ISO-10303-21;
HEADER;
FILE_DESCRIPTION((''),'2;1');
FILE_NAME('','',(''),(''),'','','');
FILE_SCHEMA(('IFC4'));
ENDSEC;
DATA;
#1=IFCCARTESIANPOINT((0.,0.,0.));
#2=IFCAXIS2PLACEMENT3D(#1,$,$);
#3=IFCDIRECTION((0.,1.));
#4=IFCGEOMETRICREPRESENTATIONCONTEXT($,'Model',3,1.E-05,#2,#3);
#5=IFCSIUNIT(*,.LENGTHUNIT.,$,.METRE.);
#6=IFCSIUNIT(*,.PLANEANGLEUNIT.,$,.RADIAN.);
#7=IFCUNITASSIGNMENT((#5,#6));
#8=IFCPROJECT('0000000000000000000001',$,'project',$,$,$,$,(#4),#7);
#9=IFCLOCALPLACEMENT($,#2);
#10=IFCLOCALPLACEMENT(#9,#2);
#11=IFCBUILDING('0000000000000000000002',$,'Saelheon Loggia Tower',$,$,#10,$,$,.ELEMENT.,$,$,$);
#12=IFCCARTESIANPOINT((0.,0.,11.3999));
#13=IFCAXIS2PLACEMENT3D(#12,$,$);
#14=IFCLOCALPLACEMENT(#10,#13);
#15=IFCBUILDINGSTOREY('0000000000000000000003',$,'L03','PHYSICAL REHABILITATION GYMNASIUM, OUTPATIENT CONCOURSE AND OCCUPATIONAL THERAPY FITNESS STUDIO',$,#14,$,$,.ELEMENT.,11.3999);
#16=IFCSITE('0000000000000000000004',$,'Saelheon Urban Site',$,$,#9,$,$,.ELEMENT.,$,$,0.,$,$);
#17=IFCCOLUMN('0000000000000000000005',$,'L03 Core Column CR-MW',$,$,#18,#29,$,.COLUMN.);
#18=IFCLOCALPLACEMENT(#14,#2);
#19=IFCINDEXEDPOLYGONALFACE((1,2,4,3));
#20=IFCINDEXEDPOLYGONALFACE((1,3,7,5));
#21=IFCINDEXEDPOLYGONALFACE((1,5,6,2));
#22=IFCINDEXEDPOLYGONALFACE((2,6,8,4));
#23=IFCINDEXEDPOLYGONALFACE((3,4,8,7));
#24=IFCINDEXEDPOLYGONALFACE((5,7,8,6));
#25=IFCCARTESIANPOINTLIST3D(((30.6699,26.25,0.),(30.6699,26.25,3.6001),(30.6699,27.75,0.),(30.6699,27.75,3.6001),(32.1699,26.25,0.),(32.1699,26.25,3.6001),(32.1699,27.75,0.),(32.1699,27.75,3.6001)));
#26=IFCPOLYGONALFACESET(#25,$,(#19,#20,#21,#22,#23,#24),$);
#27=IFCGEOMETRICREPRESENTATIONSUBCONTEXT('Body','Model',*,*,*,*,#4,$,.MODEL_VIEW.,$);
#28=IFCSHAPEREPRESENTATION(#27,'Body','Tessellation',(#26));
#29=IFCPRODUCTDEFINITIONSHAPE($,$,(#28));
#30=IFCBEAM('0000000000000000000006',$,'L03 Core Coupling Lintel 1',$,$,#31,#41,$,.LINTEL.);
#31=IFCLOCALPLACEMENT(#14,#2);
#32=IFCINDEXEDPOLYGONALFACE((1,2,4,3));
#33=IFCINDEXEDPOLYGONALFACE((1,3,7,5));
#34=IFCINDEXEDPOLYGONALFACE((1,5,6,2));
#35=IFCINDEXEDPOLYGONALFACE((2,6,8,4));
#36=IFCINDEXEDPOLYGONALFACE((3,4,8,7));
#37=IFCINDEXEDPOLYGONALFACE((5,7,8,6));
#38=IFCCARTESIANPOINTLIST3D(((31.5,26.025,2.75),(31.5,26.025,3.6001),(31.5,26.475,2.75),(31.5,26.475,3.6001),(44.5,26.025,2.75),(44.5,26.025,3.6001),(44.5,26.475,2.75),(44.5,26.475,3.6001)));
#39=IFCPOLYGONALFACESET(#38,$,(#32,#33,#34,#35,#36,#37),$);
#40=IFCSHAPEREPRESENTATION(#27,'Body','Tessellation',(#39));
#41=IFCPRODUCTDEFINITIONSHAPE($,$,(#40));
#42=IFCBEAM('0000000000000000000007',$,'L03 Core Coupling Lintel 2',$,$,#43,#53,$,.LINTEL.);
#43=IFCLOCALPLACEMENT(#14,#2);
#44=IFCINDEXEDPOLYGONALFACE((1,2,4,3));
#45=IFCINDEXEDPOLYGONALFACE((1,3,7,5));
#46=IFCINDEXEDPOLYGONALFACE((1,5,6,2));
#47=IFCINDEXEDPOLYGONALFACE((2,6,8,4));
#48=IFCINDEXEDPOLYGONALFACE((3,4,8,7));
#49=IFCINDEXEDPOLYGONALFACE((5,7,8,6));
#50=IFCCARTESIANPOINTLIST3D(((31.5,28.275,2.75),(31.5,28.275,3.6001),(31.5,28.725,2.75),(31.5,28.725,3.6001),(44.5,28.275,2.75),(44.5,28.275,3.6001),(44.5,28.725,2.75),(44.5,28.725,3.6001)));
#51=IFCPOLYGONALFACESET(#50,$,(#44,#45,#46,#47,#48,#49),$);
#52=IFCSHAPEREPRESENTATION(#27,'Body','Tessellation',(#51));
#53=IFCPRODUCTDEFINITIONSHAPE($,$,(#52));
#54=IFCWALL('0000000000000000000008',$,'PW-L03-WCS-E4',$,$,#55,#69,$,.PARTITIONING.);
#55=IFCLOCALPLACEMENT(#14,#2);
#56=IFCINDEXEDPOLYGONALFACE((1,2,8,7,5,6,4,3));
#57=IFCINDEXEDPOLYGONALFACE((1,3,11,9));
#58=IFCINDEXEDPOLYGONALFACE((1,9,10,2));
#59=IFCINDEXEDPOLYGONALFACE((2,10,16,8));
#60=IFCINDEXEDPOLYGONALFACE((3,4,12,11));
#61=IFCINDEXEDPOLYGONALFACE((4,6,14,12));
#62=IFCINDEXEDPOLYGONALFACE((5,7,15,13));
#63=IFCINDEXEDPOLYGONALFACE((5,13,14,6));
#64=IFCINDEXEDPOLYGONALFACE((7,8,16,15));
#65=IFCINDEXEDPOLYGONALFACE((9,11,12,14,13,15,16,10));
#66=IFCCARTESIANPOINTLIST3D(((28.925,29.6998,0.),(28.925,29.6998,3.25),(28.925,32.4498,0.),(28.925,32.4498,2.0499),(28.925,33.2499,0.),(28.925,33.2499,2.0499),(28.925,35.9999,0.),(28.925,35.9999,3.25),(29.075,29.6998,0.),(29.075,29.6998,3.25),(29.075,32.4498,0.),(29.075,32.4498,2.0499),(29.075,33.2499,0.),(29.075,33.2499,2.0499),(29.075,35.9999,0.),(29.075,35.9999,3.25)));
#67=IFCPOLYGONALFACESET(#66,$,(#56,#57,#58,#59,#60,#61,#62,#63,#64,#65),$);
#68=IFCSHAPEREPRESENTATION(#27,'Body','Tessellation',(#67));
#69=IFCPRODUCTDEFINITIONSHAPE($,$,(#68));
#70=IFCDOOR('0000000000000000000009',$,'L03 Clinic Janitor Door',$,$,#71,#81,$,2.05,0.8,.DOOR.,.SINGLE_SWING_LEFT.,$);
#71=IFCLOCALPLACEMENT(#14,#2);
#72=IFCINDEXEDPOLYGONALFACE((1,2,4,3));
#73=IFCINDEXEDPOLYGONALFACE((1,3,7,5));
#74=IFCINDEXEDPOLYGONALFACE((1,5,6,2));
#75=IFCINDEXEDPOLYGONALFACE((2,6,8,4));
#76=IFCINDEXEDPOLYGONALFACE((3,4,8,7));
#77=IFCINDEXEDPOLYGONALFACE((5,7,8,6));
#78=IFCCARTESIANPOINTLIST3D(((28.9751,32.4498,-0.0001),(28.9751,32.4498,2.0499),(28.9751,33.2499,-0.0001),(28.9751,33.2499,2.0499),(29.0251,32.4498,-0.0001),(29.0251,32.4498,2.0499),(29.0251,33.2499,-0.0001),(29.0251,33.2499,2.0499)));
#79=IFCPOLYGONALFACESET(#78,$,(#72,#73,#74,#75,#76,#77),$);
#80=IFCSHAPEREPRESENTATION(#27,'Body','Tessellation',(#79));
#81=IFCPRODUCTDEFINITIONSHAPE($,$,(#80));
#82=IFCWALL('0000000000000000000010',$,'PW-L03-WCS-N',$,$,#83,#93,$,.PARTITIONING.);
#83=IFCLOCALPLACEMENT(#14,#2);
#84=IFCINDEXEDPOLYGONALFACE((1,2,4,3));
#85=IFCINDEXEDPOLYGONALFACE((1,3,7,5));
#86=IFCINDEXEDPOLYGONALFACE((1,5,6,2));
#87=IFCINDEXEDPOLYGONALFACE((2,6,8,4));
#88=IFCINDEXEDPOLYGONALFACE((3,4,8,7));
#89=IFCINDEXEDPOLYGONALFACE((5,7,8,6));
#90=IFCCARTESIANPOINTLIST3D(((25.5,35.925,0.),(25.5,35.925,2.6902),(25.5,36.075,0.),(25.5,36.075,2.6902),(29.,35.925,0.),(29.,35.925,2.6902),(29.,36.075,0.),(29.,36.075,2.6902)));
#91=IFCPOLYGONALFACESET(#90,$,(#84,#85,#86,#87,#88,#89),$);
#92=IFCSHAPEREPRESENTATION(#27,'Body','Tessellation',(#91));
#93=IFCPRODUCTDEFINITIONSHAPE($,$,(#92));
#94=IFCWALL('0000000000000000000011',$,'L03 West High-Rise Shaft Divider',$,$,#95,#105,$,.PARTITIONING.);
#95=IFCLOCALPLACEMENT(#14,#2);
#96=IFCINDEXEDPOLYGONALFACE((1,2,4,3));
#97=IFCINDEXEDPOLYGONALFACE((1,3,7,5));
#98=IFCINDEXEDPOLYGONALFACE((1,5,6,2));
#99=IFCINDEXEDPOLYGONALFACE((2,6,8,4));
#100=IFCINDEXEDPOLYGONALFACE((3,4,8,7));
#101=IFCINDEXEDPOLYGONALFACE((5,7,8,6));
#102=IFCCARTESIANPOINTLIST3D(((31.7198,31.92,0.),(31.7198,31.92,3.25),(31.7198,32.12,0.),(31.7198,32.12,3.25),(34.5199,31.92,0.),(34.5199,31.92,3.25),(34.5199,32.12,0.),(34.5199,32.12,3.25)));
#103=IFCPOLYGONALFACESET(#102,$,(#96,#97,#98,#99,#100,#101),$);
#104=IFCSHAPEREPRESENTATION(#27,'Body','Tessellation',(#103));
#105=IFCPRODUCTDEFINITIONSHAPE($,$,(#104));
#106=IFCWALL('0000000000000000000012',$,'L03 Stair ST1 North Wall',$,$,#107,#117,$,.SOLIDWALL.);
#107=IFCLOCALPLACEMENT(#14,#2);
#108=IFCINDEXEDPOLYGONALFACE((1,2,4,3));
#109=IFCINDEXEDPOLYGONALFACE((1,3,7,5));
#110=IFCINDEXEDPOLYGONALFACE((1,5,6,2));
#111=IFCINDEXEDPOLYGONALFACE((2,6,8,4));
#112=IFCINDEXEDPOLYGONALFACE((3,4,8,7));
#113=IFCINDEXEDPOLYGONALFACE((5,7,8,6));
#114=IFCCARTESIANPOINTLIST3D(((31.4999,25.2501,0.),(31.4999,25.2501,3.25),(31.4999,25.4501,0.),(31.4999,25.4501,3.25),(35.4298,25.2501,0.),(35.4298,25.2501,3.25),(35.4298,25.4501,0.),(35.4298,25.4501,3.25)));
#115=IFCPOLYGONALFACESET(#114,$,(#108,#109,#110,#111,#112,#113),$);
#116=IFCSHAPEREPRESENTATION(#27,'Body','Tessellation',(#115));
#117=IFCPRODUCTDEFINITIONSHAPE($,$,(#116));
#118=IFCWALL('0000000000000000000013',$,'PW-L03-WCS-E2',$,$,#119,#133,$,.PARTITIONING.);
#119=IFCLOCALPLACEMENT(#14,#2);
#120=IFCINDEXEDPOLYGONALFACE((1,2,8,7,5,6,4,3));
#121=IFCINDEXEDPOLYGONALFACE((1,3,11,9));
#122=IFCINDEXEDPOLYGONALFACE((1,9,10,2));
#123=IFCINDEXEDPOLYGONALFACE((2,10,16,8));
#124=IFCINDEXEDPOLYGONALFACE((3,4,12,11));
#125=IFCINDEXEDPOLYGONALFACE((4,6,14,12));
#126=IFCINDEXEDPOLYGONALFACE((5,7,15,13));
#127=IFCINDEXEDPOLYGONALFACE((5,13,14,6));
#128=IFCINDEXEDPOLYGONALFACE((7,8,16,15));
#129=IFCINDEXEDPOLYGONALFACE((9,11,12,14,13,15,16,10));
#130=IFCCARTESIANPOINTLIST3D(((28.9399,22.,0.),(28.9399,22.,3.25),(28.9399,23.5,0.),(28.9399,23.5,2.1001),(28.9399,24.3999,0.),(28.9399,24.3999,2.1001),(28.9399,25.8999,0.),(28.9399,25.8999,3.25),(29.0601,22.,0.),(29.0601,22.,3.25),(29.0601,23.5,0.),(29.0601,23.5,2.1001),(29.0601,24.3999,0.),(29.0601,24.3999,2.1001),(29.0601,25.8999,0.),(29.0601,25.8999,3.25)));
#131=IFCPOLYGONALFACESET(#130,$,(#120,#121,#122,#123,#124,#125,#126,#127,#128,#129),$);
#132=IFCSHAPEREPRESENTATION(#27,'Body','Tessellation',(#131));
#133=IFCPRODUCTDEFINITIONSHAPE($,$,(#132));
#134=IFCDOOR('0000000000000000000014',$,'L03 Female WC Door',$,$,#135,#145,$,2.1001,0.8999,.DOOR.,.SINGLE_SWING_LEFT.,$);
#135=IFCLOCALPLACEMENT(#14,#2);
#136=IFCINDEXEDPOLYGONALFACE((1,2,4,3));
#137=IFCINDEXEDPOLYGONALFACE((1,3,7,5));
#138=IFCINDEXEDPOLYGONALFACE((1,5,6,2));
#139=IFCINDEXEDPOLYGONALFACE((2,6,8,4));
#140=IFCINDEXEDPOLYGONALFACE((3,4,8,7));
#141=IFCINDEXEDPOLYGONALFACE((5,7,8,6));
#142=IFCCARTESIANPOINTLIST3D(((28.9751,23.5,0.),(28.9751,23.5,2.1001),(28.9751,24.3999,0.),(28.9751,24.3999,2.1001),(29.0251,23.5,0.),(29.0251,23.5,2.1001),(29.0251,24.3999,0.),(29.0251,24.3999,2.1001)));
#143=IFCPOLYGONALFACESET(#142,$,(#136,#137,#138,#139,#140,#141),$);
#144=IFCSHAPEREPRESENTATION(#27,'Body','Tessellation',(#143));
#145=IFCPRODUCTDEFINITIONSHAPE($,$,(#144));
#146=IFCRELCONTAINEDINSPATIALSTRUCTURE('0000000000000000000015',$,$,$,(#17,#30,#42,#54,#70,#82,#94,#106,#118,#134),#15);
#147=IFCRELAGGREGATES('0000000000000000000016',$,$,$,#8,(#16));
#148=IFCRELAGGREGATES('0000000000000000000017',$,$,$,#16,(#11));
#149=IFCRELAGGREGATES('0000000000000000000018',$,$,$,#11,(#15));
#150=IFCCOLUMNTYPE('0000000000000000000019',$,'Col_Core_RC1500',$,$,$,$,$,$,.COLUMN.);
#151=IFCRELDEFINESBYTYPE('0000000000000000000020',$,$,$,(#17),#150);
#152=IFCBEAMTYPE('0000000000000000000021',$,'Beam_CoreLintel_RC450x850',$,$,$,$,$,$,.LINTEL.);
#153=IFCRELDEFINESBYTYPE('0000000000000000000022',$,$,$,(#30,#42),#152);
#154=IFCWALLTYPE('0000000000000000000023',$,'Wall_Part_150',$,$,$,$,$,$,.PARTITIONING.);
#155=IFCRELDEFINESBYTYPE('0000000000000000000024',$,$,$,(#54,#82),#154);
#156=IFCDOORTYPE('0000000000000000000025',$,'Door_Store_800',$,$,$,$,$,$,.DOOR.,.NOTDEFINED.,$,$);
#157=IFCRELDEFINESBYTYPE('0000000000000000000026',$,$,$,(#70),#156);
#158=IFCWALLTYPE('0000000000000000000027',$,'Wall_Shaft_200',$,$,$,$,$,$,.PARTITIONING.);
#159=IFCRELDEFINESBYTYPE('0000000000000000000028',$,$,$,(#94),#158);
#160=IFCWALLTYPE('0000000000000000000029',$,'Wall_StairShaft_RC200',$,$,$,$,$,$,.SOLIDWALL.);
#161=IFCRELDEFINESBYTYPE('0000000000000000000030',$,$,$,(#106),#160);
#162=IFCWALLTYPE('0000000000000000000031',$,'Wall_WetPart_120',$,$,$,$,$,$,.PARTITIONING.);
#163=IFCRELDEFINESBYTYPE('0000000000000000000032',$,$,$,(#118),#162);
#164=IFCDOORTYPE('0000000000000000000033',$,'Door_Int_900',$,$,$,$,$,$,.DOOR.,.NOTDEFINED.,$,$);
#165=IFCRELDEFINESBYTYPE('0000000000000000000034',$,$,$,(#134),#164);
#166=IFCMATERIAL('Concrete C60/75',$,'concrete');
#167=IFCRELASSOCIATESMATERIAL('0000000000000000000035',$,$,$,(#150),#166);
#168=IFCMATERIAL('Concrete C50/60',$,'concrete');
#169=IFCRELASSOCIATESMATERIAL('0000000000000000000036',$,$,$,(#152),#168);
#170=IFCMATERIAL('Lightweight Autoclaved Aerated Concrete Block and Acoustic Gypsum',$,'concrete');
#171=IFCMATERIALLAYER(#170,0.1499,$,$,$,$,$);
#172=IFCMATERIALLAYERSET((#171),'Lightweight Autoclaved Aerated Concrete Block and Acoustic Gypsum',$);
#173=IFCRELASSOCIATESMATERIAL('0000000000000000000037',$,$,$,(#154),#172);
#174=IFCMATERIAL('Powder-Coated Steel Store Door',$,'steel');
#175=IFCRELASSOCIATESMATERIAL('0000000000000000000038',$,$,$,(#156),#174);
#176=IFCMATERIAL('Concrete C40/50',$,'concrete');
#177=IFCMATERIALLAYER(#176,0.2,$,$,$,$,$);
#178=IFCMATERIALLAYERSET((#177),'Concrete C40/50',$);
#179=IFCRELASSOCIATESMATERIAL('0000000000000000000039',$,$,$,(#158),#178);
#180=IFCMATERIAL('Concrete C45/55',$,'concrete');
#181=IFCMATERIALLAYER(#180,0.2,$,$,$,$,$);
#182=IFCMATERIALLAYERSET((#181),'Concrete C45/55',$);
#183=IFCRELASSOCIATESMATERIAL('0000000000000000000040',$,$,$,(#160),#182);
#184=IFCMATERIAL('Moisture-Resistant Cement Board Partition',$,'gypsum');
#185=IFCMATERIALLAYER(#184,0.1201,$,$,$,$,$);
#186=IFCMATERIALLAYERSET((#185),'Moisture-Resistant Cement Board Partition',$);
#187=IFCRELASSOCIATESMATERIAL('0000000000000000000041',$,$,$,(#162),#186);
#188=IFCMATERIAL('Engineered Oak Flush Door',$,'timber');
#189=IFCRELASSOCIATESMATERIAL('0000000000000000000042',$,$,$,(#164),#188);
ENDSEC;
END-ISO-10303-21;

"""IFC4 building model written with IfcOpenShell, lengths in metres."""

from ifc_helpers import new_model, si_unit, direction, frame, frame_2d, origin, origin_2d, place, context, subcontext, project, spatial, rectangle, extrude, source, transform, mapped, material, layer, layer_set, material_profile, profile_set, type_object, element, fill, save


model = new_model("IFC4")

# Units and contexts
model_context = context("Model", 3, precision=1e-05, world=origin(), true_north=direction((0.0, 1.0)))
body_context = subcontext(model_context, "Body", "Model", "MODEL_VIEW")
ifc_project = project(units=[si_unit("LENGTHUNIT", "METRE"), si_unit("PLANEANGLEUNIT", "RADIAN")], contexts=[model_context])

# Site, building, storey
site_placement = place(None, origin())
site = spatial("IfcSite", under=ifc_project, at=site_placement, Name="Saelheon Urban Site", CompositionType="ELEMENT", RefElevation=0.0)
building_placement = place(site_placement, origin())
building = spatial("IfcBuilding", under=site, at=building_placement, Name="Saelheon Loggia Tower", CompositionType="ELEMENT")
storey_placement = place(building_placement, frame((0.0, 0.0, 11.3999)))
storey = spatial("IfcBuildingStorey", under=building, at=storey_placement, Name="L03", Description="PHYSICAL REHABILITATION GYMNASIUM, OUTPATIENT CONCOURSE AND OCCUPATIONAL THERAPY FITNESS STUDIO", CompositionType="ELEMENT", Elevation=11.3999)

# Column
ifc_material_1 = material(Name="Concrete C60/75", Category="concrete")
ifc_material_profile_1 = material_profile(ifc_material_1, rectangle(XDim=1.5, YDim=1.5, at=origin_2d()), Name="RC-1500x1500")
ifc_profile_set_1 = profile_set([ifc_material_profile_1], Name="Concrete C60/75")
column_type = type_object("IfcColumnType", Name="Col_Core_RC1500", PredefinedType="COLUMN", material=ifc_profile_set_1)
shared_shape_1 = source(origin(), body_context, "Body", "SweptSolid", [
    extrude(rectangle(XDim=1.5, YDim=1.5, at=origin_2d()), origin(), (0.0, 0.0, 1.0), 3.6001),
])
column_placement = place(storey_placement, frame((31.4199, 27.0, 0.0), z_axis=(0.0, 0.0, 1.0), x_axis=(1.0, 0.0, 0.0)))
element("IfcColumn", 1, at=column_placement, inside=storey, type_object=column_type, Name="L03 Core Column CR-MW", PredefinedType="COLUMN", context=body_context, shape_type="MappedRepresentation", body=[
    mapped(shared_shape_1, transform((0.0, 0.0, 0.0), scale=1.0)),
])

# Beams
ifc_material_2 = material(Name="Concrete C50/60", Category="concrete")
ifc_material_profile_2 = material_profile(ifc_material_2, rectangle(XDim=0.45, YDim=0.8501, at=origin_2d()), Name="RC-450x850")
ifc_profile_set_2 = profile_set([ifc_material_profile_2], Name="Concrete C50/60")
beam_type = type_object("IfcBeamType", Name="Beam_CoreLintel_RC450x850", PredefinedType="LINTEL", material=ifc_profile_set_2)
shared_shape_2 = source(origin(), body_context, "Body", "SweptSolid", [
    extrude(rectangle(XDim=0.45, YDim=0.8501, at=origin_2d()), origin(), (0.0, 0.0, 1.0), 13.0),
])
for number, where, z_axis, x_axis, name in (
    (2, (31.5, 26.25, 3.175), (1.0, 0.0, 0.0), (0.0, 1.0, 0.0), "L03 Core Coupling Lintel 1"),
    (3, (31.5, 28.5, 3.175), (1.0, 0.0, 0.0), (0.0, 1.0, 0.0), "L03 Core Coupling Lintel 2"),
):
    element("IfcBeam", number, at=place(storey_placement, frame(where, z_axis=z_axis, x_axis=x_axis)), inside=storey, type_object=beam_type, Name=name, PredefinedType="LINTEL", context=body_context, shape_type="MappedRepresentation", body=[
        mapped(shared_shape_2, transform((0.0, 0.0, 0.0), scale=1.0)),
    ])

# Wall, opening, door
ifc_material_3 = material(Name="Lightweight Autoclaved Aerated Concrete Block and Acoustic Gypsum", Category="concrete")
ifc_layer_1 = layer(ifc_material_3, 0.1499)
ifc_layer_set_1 = layer_set([ifc_layer_1], Name="Lightweight Autoclaved Aerated Concrete Block and Acoustic Gypsum")
wall_type_1 = type_object("IfcWallType", Name="Wall_Part_150", PredefinedType="PARTITIONING", material=ifc_layer_set_1)
wall_1_placement = place(storey_placement, frame((29.0, 29.7, 0.0), z_axis=(0.0, 0.0, 1.0), x_axis=(0.0, 1.0, 0.0)))
wall_1 = element("IfcWall", 4, at=wall_1_placement, inside=storey, type_object=wall_type_1, Name="PW-L03-WCS-E4", PredefinedType="PARTITIONING", context=body_context, shape_type="SweptSolid", body=[
    extrude(rectangle(XDim=6.3, YDim=0.1499, at=frame_2d((3.1499, 0.0))), origin(), (0.0, 0.0, 1.0), 3.25),
])
opening_1_placement = place(wall_1_placement, frame((2.75, 0.0, 0.0)))
opening_1 = element("IfcOpeningElement", 5, at=opening_1_placement, cuts=wall_1, PredefinedType="OPENING", context=body_context, shape_type="SweptSolid", body=[
    extrude(rectangle(XDim=0.8, YDim=2.05, at=frame_2d((0.3999, 1.0249))), frame((0.0, 0.0869, 0.0), z_axis=(0.0, -1.0, 0.0), x_axis=(1.0, 0.0, 0.0)), (0.0, 0.0, 1.0), 0.1738),
])
ifc_material_4 = material(Name="Powder-Coated Steel Store Door", Category="steel")
door_type_1 = type_object("IfcDoorType", Name="Door_Store_800", OperationType="NOTDEFINED", PredefinedType="DOOR", material=ifc_material_4)
shared_shape_3 = source(origin(), body_context, "Body", "SweptSolid", [
    extrude(rectangle(XDim=0.8, YDim=2.05, at=frame_2d((0.3999, 1.0249))), frame((0.0, 0.0249, 0.0), z_axis=(0.0, -1.0, 0.0), x_axis=(1.0, 0.0, 0.0)), (0.0, 0.0, 1.0), 0.05),
])
door_1_placement = place(opening_1_placement, origin())
door_1 = element("IfcDoor", 6, at=door_1_placement, inside=storey, type_object=door_type_1, Name="L03 Clinic Janitor Door", OperationType="SINGLE_SWING_LEFT", OverallHeight=2.05, OverallWidth=0.8, PredefinedType="DOOR", context=body_context, shape_type="MappedRepresentation", body=[
    mapped(shared_shape_3, transform((0.0, 0.0, 0.0), scale=1.0)),
])
fill(opening_1, door_1)

# Wall
wall_2_placement = place(storey_placement, frame((25.5, 36.0, 0.0), z_axis=(0.0, 0.0, 1.0), x_axis=(1.0, 0.0, 0.0)))
element("IfcWall", 7, at=wall_2_placement, inside=storey, type_object=wall_type_1, Name="PW-L03-WCS-N", PredefinedType="PARTITIONING", context=body_context, shape_type="SweptSolid", body=[
    extrude(rectangle(XDim=3.5, YDim=0.1499, at=frame_2d((1.75, 0.0))), origin(), (0.0, 0.0, 1.0), 2.6902),
])

# Shared definitions
ifc_material_5 = material(Name="Concrete C40/50", Category="concrete")
ifc_layer_2 = layer(ifc_material_5, 0.2)
ifc_layer_set_2 = layer_set([ifc_layer_2], Name="Concrete C40/50")
wall_type_2 = type_object("IfcWallType", Name="Wall_Shaft_200", PredefinedType="PARTITIONING", material=ifc_layer_set_2)

# Walls
wall_3_placement = place(storey_placement, frame((31.72, 32.02, 0.0), z_axis=(0.0, 0.0, 1.0), x_axis=(1.0, 0.0, 0.0)))
element("IfcWall", 8, at=wall_3_placement, inside=storey, type_object=wall_type_2, Name="L03 West High-Rise Shaft Divider", PredefinedType="PARTITIONING", context=body_context, shape_type="SweptSolid", body=[
    extrude(rectangle(XDim=2.8, YDim=0.2, at=frame_2d((1.3999, 0.0))), origin(), (0.0, 0.0, 1.0), 3.25),
])
ifc_material_6 = material(Name="Concrete C45/55", Category="concrete")
ifc_layer_3 = layer(ifc_material_6, 0.2)
ifc_layer_set_3 = layer_set([ifc_layer_3], Name="Concrete C45/55")
wall_type_3 = type_object("IfcWallType", Name="Wall_StairShaft_RC200", PredefinedType="SOLIDWALL", material=ifc_layer_set_3)
wall_4_placement = place(storey_placement, frame((31.5, 25.3501, 0.0), z_axis=(0.0, 0.0, 1.0), x_axis=(1.0, 0.0, 0.0)))
element("IfcWall", 9, at=wall_4_placement, inside=storey, type_object=wall_type_3, Name="L03 Stair ST1 North Wall", PredefinedType="SOLIDWALL", context=body_context, shape_type="SweptSolid", body=[
    extrude(rectangle(XDim=3.9299, YDim=0.2, at=frame_2d((1.9648, 0.0))), origin(), (0.0, 0.0, 1.0), 3.25),
])

# Wall, opening, door
ifc_material_7 = material(Name="Moisture-Resistant Cement Board Partition", Category="gypsum")
ifc_layer_4 = layer(ifc_material_7, 0.1201)
ifc_layer_set_4 = layer_set([ifc_layer_4], Name="Moisture-Resistant Cement Board Partition")
wall_type_4 = type_object("IfcWallType", Name="Wall_WetPart_120", PredefinedType="PARTITIONING", material=ifc_layer_set_4)
wall_5_placement = place(storey_placement, frame((29.0, 22.0, 0.0), z_axis=(0.0, 0.0, 1.0), x_axis=(0.0, 1.0, 0.0)))
wall_5 = element("IfcWall", 10, at=wall_5_placement, inside=storey, type_object=wall_type_4, Name="PW-L03-WCS-E2", PredefinedType="PARTITIONING", context=body_context, shape_type="SweptSolid", body=[
    extrude(rectangle(XDim=3.8999, YDim=0.1201, at=frame_2d((1.95, 0.0))), origin(), (0.0, 0.0, 1.0), 3.25),
])
opening_2_placement = place(wall_5_placement, frame((1.5, 0.0, 0.0)))
opening_2 = element("IfcOpeningElement", 11, at=opening_2_placement, cuts=wall_5, PredefinedType="OPENING", context=body_context, shape_type="SweptSolid", body=[
    extrude(rectangle(XDim=0.8999, YDim=2.1001, at=frame_2d((0.45, 1.05))), frame((0.0, 0.072, 0.0), z_axis=(0.0, -1.0, 0.0), x_axis=(1.0, 0.0, 0.0)), (0.0, 0.0, 1.0), 0.144),
])
ifc_material_8 = material(Name="Engineered Oak Flush Door", Category="timber")
door_type_2 = type_object("IfcDoorType", Name="Door_Int_900", OperationType="NOTDEFINED", PredefinedType="DOOR", material=ifc_material_8)
shared_shape_4 = source(origin(), body_context, "Body", "SweptSolid", [
    extrude(rectangle(XDim=0.8999, YDim=2.1001, at=frame_2d((0.45, 1.05))), frame((0.0, 0.0249, 0.0), z_axis=(0.0, -1.0, 0.0), x_axis=(1.0, 0.0, 0.0)), (0.0, 0.0, 1.0), 0.05),
])
door_2_placement = place(opening_2_placement, origin())
door_2 = element("IfcDoor", 12, at=door_2_placement, inside=storey, type_object=door_type_2, Name="L03 Female WC Door", OperationType="SINGLE_SWING_LEFT", OverallHeight=2.1001, OverallWidth=0.8999, PredefinedType="DOOR", context=body_context, shape_type="MappedRepresentation", body=[
    mapped(shared_shape_4, transform((0.0, 0.0, 0.0), scale=1.0)),
])
fill(opening_2, door_2)

save(model, "model.ifc")
